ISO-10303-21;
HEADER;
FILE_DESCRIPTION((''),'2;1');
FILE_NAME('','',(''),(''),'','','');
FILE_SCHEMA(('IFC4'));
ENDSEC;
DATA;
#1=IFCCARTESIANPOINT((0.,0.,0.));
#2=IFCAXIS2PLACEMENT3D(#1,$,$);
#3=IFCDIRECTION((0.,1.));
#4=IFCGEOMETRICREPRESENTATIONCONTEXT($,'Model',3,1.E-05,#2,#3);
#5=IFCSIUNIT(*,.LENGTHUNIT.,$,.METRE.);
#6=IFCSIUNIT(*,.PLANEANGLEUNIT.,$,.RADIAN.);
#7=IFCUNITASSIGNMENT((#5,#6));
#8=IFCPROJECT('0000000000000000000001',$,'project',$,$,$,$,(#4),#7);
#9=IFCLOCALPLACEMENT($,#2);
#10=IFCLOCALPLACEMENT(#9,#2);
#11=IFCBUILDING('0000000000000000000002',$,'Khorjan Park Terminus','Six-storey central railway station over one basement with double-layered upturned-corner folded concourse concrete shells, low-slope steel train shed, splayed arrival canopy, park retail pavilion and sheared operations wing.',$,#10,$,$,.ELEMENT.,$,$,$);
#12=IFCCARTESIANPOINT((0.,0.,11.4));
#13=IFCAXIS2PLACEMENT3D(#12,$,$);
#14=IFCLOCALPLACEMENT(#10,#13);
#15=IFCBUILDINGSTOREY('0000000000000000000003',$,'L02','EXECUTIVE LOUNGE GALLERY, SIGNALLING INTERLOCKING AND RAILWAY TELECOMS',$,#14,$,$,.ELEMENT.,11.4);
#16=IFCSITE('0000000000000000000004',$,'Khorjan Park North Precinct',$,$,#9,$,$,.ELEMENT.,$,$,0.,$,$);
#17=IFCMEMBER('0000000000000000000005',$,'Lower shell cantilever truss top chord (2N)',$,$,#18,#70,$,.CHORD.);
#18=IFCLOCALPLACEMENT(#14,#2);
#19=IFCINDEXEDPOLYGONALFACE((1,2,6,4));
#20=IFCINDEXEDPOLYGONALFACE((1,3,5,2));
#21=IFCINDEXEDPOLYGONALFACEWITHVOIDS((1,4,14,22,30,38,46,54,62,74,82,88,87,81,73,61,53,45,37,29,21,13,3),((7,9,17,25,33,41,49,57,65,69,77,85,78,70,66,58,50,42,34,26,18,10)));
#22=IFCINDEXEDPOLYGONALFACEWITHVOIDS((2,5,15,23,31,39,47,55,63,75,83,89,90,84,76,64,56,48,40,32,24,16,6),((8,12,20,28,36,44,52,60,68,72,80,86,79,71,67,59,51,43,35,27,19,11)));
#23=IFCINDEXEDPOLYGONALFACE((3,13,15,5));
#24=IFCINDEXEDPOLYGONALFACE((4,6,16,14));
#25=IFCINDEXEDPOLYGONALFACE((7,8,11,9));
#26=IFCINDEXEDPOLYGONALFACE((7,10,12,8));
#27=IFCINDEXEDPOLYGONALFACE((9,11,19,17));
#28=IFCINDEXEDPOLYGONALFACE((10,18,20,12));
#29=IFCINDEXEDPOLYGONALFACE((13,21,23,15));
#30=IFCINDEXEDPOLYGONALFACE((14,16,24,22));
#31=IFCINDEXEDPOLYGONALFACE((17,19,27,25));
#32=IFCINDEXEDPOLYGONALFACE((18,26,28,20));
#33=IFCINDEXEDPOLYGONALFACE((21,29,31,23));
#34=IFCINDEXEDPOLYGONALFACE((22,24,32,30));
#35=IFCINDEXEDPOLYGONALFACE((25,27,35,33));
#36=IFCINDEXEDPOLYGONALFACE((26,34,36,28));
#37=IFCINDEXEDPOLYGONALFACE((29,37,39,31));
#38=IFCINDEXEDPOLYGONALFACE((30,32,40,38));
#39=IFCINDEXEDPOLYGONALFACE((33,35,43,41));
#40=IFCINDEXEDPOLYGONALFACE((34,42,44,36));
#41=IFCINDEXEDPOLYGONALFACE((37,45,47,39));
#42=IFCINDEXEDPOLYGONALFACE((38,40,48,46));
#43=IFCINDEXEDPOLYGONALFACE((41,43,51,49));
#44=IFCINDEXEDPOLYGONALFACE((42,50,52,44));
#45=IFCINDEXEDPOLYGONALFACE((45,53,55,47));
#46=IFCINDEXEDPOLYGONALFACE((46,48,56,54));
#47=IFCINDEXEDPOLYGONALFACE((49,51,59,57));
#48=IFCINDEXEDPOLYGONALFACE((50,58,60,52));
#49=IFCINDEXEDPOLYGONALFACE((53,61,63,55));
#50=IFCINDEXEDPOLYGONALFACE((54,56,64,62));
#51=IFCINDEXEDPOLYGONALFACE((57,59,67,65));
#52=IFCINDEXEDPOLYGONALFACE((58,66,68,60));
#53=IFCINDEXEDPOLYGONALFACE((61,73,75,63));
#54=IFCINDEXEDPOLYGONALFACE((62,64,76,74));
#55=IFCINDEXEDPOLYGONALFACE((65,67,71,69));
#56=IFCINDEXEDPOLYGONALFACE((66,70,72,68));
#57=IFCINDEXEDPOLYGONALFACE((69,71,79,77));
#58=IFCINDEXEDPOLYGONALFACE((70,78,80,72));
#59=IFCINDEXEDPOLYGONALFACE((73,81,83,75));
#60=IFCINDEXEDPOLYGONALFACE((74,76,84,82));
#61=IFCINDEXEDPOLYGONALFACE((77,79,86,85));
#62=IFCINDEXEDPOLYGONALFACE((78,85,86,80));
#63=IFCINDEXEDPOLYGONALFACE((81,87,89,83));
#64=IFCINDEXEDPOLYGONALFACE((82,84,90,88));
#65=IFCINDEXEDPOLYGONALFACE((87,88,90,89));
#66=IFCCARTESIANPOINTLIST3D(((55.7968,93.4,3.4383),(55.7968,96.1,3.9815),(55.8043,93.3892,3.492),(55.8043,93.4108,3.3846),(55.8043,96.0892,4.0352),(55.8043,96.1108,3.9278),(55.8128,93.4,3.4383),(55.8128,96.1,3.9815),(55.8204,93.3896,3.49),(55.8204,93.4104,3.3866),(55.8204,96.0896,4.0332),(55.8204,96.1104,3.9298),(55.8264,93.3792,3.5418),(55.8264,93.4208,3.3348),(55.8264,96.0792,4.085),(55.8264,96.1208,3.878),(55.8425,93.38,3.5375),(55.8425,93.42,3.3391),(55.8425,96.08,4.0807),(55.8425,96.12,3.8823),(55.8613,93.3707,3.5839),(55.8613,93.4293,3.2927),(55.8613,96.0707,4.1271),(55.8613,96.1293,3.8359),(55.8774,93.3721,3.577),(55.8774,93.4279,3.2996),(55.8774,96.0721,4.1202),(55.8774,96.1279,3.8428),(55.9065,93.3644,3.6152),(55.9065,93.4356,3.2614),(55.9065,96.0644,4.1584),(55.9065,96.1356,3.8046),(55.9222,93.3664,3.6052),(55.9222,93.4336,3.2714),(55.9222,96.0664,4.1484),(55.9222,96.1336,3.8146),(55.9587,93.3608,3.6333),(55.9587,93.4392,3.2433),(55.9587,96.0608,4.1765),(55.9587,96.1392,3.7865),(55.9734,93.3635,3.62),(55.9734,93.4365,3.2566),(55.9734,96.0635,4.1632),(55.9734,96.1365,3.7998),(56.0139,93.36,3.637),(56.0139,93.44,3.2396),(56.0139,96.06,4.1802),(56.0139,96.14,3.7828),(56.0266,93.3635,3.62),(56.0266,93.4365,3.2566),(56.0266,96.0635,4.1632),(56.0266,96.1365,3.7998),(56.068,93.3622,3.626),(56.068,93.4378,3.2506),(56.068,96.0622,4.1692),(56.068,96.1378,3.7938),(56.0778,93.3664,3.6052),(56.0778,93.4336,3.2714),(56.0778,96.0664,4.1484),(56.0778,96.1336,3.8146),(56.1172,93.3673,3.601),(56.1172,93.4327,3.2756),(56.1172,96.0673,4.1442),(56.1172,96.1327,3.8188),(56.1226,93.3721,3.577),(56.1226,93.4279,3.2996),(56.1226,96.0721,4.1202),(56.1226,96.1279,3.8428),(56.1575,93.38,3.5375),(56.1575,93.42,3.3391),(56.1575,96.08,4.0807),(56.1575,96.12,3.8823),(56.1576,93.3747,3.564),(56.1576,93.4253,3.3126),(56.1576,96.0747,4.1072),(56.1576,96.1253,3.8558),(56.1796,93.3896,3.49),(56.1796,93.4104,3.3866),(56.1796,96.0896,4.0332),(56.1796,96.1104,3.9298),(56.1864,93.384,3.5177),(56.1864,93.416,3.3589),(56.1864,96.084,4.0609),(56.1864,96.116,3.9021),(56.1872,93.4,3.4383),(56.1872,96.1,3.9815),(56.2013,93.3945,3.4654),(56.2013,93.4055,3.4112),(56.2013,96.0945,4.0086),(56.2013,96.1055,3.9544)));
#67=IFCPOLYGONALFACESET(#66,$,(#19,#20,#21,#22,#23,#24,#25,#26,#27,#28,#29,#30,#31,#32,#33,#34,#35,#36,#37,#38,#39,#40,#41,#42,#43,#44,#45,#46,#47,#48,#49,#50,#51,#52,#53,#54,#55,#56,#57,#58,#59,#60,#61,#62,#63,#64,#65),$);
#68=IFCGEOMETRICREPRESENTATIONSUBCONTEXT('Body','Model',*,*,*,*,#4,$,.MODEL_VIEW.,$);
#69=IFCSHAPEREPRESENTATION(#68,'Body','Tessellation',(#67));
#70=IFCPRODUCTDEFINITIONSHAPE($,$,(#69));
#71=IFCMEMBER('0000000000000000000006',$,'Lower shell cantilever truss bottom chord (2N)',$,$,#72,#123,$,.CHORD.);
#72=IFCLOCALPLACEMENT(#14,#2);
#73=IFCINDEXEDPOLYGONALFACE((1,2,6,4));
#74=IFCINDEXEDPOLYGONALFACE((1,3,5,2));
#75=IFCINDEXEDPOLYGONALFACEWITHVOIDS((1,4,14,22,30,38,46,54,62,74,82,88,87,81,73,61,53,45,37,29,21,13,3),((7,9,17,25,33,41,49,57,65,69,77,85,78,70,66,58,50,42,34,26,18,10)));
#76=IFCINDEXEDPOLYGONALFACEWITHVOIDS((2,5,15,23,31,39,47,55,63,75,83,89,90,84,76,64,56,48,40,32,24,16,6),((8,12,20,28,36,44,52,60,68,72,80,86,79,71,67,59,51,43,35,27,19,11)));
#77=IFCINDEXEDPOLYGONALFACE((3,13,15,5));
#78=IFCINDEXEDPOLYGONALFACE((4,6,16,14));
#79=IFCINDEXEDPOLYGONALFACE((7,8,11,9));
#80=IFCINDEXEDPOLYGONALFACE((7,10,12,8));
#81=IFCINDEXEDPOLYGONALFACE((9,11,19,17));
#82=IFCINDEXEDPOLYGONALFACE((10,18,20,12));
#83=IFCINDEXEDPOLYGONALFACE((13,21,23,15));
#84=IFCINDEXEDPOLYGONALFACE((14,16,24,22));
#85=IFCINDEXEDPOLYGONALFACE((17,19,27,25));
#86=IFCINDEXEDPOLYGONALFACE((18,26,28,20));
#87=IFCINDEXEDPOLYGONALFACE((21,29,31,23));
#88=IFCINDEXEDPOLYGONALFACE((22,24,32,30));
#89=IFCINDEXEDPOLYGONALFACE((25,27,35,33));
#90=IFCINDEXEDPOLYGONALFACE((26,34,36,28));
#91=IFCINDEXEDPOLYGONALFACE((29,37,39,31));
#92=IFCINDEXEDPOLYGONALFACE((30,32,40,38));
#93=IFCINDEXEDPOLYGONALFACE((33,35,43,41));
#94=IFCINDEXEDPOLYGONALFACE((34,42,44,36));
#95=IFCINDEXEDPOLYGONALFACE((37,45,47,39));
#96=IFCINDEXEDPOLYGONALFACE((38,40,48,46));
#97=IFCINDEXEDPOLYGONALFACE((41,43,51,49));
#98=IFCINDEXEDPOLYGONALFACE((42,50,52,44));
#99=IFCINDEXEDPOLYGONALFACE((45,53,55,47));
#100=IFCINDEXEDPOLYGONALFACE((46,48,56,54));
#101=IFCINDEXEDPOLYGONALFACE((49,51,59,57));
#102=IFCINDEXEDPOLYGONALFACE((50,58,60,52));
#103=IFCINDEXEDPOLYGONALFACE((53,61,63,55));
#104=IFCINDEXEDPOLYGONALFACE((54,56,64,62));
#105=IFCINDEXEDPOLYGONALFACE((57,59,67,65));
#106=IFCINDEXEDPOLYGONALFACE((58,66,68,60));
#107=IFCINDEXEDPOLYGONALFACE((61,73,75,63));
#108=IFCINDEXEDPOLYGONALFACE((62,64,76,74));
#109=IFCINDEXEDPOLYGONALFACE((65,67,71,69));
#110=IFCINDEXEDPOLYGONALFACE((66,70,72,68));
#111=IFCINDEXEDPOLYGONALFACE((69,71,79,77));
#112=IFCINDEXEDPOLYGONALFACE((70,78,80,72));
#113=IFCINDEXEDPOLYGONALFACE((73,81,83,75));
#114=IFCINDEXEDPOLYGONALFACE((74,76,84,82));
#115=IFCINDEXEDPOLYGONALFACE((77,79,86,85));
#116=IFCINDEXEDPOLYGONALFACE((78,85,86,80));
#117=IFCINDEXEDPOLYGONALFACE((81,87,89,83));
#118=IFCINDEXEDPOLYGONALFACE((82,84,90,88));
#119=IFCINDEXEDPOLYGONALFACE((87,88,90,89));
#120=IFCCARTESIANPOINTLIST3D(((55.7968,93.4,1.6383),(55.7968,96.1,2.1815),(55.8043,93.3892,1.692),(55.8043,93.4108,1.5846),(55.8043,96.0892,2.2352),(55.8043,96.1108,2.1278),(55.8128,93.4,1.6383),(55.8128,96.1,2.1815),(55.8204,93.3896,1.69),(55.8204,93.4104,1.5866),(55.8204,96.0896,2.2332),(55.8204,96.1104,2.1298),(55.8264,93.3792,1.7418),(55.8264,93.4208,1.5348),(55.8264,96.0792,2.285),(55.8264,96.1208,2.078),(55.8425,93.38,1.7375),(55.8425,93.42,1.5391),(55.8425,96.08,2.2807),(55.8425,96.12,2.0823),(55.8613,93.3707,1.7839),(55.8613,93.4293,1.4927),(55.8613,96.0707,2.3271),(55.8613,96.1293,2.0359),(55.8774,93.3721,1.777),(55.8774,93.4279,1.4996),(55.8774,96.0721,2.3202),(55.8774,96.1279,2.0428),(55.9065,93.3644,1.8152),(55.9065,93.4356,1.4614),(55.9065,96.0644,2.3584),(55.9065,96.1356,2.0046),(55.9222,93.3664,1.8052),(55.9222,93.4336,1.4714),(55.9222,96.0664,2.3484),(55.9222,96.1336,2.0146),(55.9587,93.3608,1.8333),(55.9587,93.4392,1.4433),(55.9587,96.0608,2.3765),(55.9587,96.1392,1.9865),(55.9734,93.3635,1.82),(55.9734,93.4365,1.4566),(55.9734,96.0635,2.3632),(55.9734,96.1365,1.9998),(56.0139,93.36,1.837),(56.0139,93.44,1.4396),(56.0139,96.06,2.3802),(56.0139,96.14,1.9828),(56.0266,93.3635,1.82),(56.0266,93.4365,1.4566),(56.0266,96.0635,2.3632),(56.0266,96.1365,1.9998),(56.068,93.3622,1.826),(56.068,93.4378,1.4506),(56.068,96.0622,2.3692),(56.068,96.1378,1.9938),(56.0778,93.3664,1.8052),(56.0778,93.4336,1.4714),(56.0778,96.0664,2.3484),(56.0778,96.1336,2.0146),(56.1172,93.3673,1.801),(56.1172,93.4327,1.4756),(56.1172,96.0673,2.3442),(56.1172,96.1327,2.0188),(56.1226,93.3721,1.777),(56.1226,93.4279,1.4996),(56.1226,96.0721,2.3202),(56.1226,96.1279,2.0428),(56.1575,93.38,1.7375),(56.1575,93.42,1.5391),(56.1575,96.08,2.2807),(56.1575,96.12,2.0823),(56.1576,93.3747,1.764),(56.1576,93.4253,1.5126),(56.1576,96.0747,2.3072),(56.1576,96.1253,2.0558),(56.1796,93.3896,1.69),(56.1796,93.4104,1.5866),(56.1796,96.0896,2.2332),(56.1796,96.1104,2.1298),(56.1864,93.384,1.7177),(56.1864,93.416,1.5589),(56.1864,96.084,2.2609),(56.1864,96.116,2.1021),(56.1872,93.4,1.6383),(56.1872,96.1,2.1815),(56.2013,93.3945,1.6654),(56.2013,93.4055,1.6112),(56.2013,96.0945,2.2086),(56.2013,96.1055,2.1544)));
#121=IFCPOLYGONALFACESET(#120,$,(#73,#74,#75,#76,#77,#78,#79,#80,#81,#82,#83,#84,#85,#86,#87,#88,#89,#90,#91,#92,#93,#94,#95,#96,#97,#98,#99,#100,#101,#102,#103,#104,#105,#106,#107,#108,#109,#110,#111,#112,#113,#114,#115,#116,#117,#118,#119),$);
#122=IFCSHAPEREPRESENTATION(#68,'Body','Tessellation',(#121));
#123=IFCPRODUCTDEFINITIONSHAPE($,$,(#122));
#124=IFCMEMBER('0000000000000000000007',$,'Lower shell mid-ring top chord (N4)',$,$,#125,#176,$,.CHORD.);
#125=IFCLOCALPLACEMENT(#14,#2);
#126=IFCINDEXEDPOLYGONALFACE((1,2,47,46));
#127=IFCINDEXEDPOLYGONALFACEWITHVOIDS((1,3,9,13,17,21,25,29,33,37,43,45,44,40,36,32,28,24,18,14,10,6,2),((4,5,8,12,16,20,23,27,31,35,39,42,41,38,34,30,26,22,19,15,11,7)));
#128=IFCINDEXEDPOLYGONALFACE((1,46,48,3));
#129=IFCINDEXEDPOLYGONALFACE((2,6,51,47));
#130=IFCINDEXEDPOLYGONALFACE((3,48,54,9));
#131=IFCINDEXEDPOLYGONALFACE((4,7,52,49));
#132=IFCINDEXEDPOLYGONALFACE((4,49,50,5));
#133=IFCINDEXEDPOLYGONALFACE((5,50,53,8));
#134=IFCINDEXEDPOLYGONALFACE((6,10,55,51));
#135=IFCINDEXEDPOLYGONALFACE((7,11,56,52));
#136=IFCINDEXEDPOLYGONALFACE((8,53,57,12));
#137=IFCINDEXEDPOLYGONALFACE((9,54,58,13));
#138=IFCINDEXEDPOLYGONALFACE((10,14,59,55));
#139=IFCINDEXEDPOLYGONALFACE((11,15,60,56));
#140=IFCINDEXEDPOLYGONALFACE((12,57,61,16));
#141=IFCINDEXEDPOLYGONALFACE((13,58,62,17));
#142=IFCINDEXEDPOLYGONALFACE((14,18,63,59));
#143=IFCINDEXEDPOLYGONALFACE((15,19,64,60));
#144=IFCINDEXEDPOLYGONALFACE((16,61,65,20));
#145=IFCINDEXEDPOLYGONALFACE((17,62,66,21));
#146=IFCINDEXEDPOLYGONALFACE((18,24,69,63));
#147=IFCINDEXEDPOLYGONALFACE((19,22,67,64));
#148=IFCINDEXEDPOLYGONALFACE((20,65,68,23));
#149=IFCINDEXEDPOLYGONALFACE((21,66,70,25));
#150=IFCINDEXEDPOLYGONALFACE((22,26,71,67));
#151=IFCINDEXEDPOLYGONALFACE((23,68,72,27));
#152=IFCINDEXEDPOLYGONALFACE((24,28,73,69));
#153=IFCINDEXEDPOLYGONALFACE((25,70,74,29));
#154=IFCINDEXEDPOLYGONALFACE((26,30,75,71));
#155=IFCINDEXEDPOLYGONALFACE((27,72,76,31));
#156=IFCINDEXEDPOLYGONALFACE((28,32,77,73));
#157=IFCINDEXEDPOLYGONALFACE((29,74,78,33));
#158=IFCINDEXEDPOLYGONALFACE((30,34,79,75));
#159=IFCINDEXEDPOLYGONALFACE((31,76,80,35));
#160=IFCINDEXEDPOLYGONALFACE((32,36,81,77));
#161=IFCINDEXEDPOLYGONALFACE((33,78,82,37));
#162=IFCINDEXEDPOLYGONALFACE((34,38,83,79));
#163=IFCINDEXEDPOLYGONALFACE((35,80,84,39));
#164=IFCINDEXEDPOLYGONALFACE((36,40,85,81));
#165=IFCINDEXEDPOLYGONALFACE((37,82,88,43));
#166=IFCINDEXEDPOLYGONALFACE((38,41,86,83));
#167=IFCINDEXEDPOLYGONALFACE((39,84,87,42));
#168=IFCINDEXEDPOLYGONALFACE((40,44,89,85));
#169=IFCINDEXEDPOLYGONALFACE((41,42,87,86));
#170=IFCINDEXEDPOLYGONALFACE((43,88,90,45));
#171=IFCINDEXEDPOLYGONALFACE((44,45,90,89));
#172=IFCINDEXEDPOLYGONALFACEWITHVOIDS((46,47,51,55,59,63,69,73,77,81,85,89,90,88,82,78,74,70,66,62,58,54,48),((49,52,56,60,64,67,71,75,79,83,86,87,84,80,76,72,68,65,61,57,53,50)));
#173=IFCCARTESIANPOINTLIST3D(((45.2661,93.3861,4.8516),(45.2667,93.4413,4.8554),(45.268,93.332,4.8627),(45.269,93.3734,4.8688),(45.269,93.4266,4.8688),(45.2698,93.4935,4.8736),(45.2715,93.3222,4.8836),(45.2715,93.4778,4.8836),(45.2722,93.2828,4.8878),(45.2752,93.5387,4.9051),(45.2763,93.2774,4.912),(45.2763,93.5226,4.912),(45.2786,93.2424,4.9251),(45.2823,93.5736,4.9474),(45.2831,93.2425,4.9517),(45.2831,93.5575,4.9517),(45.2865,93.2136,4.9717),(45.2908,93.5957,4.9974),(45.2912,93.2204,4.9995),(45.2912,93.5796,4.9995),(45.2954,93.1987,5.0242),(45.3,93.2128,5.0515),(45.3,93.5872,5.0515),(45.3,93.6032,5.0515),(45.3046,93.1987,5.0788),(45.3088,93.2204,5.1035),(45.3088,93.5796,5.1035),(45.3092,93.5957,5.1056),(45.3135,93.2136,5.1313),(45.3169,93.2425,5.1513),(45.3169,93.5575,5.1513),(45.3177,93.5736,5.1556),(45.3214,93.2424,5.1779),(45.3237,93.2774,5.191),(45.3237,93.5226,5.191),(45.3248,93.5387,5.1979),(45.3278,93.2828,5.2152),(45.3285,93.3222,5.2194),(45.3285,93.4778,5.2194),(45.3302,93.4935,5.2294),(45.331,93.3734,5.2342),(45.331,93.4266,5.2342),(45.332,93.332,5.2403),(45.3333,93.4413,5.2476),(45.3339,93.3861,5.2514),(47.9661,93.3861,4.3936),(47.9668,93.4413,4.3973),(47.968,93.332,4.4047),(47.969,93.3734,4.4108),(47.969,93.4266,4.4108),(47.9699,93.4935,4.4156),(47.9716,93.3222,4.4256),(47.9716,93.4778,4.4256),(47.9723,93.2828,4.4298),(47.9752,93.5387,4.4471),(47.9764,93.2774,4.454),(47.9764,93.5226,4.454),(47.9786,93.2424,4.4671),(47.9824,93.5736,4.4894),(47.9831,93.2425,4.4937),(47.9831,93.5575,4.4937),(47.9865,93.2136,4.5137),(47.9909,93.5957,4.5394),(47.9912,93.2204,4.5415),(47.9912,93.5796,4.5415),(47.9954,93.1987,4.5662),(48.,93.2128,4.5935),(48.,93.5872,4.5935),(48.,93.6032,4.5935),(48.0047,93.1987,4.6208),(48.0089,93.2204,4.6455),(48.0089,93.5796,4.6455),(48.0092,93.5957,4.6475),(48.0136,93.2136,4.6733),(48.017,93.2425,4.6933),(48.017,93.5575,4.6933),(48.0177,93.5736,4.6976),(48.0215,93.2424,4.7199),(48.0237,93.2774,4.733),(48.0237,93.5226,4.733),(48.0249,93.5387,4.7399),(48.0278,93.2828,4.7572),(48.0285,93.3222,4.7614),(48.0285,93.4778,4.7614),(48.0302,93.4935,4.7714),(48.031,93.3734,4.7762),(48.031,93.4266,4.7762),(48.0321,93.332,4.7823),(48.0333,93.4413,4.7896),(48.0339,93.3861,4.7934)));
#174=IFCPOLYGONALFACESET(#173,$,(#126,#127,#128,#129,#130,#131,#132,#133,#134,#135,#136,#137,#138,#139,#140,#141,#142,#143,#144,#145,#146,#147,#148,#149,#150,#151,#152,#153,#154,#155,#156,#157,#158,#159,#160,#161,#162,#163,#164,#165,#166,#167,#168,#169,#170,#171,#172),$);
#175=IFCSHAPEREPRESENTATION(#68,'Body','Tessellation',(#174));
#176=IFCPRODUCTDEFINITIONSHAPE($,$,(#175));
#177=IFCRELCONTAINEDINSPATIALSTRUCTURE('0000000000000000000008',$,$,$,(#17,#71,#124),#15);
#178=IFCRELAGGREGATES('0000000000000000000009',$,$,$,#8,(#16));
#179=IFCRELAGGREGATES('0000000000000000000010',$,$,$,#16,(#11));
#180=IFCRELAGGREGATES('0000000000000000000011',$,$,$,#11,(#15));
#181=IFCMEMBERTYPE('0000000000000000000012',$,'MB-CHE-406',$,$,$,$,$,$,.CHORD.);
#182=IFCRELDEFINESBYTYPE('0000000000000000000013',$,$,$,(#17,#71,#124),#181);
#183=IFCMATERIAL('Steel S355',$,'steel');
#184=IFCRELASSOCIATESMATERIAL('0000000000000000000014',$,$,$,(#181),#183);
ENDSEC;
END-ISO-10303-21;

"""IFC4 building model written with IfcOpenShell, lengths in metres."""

from ifc_helpers import new_model, si_unit, direction, frame, origin, origin_2d, place, context, subcontext, project, spatial, hollow_circle, extrude, material, material_profile, profile_set, type_object, element, save


model = new_model("IFC4")

# Units and contexts
model_context = context("Model", 3, precision=1e-05, world=origin(), true_north=direction((0.0, 1.0)))
body_context = subcontext(model_context, "Body", "Model", "MODEL_VIEW")
ifc_project = project(units=[si_unit("LENGTHUNIT", "METRE"), si_unit("PLANEANGLEUNIT", "RADIAN")], contexts=[model_context])

# Site, building, storey
site_placement = place(None, origin())
site = spatial("IfcSite", under=ifc_project, at=site_placement, Name="Khorjan Park North Precinct", CompositionType="ELEMENT", RefElevation=0.0)
building_placement = place(site_placement, origin())
building = spatial("IfcBuilding", under=site, at=building_placement, Name="Khorjan Park Terminus", Description="Six-storey central railway station over one basement with double-layered upturned-corner folded concourse concrete shells, low-slope steel train shed, splayed arrival canopy, park retail pavilion and sheared operations wing.", CompositionType="ELEMENT")
storey_placement = place(building_placement, frame((0.0, 0.0, 11.4)))
storey = spatial("IfcBuildingStorey", under=building, at=storey_placement, Name="L02", Description="EXECUTIVE LOUNGE GALLERY, SIGNALLING INTERLOCKING AND RAILWAY TELECOMS", CompositionType="ELEMENT", Elevation=11.4)

# Members
ifc_material_1 = material(Name="Steel S355", Category="steel")
ifc_material_profile_1 = material_profile(ifc_material_1, hollow_circle(Radius=0.2032, WallThickness=0.016, at=origin_2d()), Name="CHS 406.4x16")
ifc_profile_set_1 = profile_set([ifc_material_profile_1], Name="Steel S355")
member_type_1 = type_object("IfcMemberType", Name="MB-CHE-406", PredefinedType="CHORD", material=ifc_profile_set_1)
for number, where, z_axis, x_axis, name in (
    (1, (56.0, 93.4, 3.4383), (0.0, 0.980357, 0.197233), (-1.0, 0.0, 0.0), "Lower shell cantilever truss top chord (2N)"),
    (2, (56.0, 93.4, 1.6383), (0.0, 0.980357, 0.197233), (-1.0, 0.0, 0.0), "Lower shell cantilever truss bottom chord (2N)"),
):
    element("IfcMember", number, at=place(storey_placement, frame(where, z_axis=z_axis, x_axis=x_axis)), inside=storey, type_object=member_type_1, Name=name, PredefinedType="CHORD", context=body_context, shape_type="SweptSolid", body=[
        extrude(hollow_circle(Radius=0.2032, WallThickness=0.016, at=origin_2d()), origin(), (0.0, 0.0, 1.0), 2.7541),
    ])
for number, where, z_axis, x_axis, name in (
    (3, (45.3, 93.4, 5.0515), (0.985916, 0.0, -0.167241), (0.0, 1.0, 0.0), "Lower shell mid-ring top chord (N4)"),
):
    element("IfcMember", number, at=place(storey_placement, frame(where, z_axis=z_axis, x_axis=x_axis)), inside=storey, type_object=member_type_1, Name=name, PredefinedType="CHORD", context=body_context, shape_type="SweptSolid", body=[
        extrude(hollow_circle(Radius=0.2032, WallThickness=0.016, at=origin_2d()), origin(), (0.0, 0.0, 1.0), 2.7386),
    ])

save(model, "model.ifc")
